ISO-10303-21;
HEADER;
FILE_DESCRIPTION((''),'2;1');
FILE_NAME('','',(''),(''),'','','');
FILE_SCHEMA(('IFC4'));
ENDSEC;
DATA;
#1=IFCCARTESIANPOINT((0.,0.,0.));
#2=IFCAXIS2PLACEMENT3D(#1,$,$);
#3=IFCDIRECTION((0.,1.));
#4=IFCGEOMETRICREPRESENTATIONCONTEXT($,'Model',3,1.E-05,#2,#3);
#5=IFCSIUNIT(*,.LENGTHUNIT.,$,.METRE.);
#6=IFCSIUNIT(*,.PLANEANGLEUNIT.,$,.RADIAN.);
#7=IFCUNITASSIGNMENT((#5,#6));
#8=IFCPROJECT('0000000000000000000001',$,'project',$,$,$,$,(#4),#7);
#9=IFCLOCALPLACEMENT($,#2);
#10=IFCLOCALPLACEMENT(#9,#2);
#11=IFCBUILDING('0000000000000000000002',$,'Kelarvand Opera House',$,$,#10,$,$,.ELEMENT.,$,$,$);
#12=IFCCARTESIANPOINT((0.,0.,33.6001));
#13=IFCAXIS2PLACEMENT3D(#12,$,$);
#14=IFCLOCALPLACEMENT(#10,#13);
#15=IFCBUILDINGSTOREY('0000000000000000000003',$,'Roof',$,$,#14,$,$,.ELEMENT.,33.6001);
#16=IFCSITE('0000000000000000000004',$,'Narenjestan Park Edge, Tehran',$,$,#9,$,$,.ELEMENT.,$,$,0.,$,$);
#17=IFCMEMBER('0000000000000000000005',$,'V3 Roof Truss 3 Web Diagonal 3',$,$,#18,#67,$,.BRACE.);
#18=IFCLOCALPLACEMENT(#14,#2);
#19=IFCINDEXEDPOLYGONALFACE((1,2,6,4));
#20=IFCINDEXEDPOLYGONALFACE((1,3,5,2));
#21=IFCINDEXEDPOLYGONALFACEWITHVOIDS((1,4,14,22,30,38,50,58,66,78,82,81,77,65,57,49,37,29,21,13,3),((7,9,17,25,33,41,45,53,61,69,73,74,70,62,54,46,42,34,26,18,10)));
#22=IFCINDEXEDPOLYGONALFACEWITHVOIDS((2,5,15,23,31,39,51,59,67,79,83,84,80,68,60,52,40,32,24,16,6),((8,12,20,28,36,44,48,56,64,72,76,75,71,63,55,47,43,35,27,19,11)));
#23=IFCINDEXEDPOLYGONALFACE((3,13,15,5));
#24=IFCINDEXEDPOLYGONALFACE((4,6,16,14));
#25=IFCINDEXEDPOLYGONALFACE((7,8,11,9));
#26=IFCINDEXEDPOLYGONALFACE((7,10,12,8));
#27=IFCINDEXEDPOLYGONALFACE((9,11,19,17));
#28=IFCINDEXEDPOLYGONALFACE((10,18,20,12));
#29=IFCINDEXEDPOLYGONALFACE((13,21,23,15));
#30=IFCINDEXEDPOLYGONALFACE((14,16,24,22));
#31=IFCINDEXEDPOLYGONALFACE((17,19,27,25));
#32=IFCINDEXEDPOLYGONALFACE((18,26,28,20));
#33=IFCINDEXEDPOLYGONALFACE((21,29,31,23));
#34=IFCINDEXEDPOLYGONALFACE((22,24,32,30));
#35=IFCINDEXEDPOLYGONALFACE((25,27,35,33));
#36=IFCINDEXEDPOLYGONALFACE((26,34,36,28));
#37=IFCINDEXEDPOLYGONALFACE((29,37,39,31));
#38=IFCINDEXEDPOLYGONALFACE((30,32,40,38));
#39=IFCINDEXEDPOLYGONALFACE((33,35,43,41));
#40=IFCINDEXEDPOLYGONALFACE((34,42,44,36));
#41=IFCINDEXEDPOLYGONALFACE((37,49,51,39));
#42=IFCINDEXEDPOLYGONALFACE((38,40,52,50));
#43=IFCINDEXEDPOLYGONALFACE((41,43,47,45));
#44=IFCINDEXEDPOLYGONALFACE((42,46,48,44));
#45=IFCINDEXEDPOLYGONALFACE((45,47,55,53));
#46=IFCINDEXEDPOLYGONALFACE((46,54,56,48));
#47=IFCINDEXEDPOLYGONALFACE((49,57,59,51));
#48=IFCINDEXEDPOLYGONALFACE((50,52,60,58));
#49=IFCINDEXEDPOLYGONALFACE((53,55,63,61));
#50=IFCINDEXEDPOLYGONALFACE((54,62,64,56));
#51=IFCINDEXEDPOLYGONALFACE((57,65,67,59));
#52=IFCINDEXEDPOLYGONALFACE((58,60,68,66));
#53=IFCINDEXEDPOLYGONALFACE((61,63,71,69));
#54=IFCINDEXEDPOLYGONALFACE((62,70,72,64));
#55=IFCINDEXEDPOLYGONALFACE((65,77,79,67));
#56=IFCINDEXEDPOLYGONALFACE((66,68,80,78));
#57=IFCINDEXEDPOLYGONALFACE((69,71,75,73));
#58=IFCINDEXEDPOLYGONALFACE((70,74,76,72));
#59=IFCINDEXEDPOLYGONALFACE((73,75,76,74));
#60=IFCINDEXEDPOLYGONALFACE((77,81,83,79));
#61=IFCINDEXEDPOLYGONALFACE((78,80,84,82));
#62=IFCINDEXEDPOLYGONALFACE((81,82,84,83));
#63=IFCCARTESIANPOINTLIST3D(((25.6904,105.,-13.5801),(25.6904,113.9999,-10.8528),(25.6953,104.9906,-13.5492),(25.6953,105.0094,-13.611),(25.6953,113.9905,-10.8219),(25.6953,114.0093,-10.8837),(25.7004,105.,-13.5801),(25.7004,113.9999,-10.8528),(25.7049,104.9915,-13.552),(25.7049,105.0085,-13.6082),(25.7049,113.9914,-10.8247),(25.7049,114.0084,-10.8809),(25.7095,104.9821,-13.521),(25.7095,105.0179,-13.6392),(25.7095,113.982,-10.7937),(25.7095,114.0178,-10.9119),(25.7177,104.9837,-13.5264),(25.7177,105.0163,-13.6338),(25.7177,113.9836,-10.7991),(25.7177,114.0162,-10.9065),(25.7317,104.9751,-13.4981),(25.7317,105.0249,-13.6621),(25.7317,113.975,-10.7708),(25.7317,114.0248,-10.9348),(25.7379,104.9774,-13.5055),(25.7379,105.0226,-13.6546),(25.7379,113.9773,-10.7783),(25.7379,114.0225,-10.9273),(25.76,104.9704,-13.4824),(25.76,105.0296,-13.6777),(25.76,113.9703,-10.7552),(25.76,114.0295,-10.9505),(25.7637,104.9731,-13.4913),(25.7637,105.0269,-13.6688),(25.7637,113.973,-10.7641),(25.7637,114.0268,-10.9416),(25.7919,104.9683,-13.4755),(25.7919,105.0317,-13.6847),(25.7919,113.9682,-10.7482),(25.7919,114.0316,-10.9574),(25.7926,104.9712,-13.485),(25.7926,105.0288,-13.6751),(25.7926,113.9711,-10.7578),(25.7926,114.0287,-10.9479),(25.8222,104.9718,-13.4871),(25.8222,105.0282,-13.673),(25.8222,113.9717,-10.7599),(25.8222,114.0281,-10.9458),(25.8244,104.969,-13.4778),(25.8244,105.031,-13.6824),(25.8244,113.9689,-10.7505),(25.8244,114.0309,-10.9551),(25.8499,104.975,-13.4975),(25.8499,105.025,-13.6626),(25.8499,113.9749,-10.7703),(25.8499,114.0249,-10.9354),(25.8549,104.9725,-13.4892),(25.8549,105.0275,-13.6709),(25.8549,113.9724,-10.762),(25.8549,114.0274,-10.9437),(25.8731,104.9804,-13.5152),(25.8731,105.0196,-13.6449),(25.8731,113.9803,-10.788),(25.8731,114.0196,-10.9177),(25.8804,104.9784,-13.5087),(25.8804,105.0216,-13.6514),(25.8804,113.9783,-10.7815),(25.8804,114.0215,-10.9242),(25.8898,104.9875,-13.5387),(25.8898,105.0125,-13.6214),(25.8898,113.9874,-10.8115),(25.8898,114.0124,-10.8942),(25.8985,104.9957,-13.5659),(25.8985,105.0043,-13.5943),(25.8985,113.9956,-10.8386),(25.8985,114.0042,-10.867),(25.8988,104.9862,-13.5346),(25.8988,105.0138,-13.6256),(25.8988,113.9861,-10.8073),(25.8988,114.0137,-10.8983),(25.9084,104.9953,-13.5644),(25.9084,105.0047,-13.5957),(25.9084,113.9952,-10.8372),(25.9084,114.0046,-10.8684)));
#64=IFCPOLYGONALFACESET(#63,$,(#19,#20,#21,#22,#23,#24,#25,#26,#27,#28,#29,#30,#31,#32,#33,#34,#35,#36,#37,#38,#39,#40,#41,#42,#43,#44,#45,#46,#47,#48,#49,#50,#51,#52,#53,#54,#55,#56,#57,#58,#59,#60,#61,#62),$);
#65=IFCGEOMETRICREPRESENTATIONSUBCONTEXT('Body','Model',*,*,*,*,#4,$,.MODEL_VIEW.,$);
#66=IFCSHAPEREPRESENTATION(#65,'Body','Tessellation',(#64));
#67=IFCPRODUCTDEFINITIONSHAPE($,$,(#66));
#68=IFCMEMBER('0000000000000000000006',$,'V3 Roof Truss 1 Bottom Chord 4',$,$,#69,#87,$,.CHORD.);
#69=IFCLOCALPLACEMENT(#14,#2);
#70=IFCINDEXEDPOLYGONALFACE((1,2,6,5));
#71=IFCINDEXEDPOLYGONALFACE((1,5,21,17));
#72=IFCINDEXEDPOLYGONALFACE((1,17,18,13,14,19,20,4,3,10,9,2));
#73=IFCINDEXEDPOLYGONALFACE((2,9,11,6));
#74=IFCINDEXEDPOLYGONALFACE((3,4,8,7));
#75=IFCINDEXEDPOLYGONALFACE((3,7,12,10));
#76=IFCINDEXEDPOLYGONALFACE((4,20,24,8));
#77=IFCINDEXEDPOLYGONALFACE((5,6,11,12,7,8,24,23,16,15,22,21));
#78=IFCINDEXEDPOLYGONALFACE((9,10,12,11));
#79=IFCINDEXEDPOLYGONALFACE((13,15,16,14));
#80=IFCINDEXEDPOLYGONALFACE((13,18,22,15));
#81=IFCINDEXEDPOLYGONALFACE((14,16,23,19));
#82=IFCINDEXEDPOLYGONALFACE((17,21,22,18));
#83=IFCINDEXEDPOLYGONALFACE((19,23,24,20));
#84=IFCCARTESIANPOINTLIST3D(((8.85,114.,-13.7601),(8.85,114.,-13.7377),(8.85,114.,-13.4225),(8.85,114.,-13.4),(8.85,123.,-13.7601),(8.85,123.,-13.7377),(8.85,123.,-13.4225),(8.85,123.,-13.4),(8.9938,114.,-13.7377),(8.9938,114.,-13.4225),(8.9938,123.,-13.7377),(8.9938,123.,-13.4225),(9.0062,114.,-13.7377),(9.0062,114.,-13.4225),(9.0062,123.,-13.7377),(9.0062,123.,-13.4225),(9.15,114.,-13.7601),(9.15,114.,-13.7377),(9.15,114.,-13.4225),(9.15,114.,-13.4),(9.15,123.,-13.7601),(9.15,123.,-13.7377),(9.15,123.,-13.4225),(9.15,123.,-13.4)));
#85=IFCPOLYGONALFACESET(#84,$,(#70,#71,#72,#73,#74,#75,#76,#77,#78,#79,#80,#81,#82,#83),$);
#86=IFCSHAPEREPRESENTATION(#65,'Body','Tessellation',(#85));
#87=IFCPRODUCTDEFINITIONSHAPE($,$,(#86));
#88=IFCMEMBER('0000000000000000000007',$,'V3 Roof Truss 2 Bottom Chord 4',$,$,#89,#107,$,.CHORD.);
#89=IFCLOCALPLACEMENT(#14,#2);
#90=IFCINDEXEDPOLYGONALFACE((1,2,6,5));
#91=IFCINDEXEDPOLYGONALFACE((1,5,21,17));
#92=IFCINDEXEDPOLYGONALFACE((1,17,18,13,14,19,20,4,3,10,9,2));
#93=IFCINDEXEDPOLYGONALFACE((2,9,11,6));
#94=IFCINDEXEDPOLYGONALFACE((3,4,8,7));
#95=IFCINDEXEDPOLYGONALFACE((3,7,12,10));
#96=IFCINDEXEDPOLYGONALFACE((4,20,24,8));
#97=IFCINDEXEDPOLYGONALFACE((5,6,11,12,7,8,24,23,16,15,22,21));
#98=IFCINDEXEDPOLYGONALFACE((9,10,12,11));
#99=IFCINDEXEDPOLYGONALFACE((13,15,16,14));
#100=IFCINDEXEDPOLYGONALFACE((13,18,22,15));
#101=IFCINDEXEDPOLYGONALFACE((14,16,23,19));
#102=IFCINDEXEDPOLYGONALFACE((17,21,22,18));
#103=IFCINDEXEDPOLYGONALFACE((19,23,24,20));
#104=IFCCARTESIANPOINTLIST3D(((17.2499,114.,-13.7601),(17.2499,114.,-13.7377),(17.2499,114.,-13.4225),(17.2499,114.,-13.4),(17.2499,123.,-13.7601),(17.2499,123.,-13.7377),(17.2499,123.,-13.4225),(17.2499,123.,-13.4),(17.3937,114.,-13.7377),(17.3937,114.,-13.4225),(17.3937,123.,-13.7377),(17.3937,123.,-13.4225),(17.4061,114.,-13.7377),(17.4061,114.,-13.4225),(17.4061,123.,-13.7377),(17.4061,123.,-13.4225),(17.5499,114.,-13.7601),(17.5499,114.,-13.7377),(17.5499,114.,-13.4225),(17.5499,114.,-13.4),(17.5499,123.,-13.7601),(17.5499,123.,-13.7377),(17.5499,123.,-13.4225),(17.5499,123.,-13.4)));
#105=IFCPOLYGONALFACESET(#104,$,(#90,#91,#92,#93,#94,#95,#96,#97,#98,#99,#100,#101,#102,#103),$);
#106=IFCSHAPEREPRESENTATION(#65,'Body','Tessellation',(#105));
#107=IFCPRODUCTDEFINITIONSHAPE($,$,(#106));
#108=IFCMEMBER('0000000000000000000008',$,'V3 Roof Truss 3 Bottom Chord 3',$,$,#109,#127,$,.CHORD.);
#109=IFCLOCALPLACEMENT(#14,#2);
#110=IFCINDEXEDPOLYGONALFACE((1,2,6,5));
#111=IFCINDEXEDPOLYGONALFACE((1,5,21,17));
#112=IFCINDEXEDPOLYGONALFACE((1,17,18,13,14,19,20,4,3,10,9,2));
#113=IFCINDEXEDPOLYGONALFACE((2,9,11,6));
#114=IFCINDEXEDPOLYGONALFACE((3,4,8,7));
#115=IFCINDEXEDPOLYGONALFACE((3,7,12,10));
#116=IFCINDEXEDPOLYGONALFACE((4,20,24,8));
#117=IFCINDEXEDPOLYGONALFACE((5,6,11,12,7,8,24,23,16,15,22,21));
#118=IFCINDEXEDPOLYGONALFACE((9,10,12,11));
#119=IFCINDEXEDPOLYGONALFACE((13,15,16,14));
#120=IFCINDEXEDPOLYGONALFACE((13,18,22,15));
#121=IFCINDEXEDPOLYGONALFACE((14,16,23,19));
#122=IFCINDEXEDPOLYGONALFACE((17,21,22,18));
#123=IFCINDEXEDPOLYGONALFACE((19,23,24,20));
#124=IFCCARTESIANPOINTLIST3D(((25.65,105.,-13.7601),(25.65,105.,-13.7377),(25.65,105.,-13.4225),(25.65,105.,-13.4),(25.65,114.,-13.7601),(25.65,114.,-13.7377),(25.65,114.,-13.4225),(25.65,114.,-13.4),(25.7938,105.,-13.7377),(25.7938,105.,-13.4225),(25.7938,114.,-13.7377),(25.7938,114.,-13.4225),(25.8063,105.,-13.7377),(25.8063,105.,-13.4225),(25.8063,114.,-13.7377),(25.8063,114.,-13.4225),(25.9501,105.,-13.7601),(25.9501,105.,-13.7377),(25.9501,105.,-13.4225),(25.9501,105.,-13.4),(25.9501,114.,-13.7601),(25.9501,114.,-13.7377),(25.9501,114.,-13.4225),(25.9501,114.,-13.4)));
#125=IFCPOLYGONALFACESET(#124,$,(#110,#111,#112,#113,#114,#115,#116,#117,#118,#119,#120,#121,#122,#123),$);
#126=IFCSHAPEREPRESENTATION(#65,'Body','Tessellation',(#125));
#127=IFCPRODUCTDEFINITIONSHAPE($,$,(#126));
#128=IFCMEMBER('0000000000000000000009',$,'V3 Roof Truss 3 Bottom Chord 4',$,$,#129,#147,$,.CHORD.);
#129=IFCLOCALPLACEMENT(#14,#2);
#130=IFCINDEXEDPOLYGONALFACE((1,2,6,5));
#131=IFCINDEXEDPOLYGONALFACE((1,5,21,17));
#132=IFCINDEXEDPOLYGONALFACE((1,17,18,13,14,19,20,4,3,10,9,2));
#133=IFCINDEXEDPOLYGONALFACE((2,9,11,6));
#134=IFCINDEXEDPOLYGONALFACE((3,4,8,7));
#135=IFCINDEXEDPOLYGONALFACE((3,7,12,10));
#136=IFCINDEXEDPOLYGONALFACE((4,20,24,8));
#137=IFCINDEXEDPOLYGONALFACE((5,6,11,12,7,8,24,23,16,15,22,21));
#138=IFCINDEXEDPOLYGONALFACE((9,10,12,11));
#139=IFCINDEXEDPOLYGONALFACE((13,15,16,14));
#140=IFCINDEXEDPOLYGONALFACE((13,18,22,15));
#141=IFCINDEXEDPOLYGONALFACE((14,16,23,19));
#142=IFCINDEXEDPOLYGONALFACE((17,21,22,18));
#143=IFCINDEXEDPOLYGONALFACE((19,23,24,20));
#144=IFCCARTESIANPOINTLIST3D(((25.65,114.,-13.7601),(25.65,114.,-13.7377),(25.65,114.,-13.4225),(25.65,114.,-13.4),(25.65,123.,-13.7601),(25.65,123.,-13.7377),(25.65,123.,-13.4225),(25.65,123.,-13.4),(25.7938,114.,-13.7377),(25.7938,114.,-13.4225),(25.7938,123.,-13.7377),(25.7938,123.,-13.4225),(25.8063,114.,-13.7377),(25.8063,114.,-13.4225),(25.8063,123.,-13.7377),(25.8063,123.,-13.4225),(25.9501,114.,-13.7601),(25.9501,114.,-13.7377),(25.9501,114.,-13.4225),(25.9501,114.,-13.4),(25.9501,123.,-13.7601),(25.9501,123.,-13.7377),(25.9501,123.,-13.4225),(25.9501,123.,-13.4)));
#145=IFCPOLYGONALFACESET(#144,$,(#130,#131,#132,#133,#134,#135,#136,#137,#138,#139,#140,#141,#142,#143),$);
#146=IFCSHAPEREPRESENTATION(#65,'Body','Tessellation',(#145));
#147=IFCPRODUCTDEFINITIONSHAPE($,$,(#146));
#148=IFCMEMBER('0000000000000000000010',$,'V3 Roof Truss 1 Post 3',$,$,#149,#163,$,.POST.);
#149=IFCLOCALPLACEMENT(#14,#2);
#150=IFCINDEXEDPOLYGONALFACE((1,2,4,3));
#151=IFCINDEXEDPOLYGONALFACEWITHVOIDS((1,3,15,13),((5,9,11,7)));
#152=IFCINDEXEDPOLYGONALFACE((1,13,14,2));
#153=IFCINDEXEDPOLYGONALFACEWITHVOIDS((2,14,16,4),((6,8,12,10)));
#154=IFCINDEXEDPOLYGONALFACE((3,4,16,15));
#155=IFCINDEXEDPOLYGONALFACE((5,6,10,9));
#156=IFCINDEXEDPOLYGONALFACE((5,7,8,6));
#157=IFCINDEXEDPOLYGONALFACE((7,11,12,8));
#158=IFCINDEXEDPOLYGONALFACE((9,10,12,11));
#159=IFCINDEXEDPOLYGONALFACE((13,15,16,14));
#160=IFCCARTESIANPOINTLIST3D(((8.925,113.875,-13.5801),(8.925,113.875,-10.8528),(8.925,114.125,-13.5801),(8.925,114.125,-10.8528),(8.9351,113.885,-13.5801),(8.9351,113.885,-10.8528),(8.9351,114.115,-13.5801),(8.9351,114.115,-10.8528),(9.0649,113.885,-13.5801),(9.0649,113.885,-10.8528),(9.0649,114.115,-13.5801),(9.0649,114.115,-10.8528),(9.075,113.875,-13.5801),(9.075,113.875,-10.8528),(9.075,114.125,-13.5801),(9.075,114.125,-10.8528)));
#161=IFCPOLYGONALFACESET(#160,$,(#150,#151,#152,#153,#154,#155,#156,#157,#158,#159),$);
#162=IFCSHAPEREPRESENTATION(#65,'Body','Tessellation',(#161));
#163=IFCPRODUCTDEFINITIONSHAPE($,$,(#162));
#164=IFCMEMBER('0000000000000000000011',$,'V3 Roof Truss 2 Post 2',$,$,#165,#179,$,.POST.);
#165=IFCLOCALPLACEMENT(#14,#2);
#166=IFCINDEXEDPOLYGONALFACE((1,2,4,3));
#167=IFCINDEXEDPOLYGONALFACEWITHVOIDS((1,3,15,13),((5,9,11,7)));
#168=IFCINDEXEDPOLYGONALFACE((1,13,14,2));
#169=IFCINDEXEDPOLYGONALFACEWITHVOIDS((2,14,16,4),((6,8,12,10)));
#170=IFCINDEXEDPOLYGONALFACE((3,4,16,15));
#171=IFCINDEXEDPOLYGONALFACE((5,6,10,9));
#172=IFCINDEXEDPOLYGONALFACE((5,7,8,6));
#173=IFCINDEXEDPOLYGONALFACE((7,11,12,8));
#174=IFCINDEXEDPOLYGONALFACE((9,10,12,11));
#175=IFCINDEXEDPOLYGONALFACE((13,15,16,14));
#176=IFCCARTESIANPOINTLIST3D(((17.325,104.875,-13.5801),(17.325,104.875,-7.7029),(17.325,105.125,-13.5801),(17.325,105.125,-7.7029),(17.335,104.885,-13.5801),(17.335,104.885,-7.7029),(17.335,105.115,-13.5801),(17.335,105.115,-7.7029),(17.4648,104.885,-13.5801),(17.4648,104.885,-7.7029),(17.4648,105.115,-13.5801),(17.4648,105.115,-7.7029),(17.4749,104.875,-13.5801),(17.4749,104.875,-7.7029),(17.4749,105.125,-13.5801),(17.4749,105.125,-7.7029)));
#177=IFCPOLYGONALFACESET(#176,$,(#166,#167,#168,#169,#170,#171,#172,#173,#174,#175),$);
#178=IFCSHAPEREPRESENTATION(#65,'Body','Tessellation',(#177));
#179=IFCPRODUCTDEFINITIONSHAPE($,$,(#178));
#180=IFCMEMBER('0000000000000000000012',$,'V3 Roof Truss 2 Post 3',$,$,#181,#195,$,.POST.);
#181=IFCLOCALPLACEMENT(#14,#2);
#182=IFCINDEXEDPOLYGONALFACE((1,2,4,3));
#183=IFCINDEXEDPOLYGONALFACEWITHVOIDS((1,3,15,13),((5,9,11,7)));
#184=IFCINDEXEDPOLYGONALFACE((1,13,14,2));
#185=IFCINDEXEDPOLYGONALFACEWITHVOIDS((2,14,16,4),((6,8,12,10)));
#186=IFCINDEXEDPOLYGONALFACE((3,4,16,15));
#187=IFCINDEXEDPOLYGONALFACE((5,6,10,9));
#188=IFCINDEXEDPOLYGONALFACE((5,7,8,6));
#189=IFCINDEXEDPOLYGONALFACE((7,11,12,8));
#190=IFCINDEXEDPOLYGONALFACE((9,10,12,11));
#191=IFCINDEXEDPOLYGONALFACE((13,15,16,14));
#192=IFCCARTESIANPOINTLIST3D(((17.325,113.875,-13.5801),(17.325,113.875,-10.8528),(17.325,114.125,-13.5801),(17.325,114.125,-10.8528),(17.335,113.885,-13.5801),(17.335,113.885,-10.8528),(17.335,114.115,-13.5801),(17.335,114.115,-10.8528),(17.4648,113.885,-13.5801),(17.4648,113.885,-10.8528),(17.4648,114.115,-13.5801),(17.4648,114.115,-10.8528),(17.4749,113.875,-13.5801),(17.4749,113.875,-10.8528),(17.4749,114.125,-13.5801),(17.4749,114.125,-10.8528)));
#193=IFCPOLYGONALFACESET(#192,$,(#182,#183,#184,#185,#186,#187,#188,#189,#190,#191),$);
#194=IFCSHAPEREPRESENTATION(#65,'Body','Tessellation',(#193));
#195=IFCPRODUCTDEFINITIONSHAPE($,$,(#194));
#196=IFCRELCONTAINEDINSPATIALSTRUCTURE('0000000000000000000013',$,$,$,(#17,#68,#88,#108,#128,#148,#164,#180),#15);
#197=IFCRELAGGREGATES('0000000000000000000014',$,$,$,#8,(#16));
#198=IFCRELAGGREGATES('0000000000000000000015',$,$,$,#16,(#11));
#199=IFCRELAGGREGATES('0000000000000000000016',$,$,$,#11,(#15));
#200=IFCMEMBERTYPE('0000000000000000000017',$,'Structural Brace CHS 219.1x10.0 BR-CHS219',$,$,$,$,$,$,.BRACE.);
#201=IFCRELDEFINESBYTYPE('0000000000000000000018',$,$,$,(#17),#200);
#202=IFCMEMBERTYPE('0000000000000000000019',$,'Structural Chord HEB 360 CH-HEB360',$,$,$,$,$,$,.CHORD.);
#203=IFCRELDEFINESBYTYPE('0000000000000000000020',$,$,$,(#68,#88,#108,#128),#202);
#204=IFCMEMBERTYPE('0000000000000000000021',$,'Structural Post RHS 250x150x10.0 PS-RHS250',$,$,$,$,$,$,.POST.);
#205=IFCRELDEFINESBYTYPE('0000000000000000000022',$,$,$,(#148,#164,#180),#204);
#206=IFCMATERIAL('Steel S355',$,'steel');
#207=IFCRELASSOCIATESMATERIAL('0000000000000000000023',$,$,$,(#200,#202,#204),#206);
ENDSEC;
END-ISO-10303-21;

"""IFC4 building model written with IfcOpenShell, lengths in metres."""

from ifc_helpers import new_model, si_unit, direction, frame, origin, origin_2d, place, context, subcontext, project, spatial, hollow_rectangle, hollow_circle, i_section, extrude, material, material_profile, profile_set, type_object, element, save


model = new_model("IFC4")

# Units and contexts
model_context = context("Model", 3, precision=1e-05, world=origin(), true_north=direction((0.0, 1.0)))
body_context = subcontext(model_context, "Body", "Model", "MODEL_VIEW")
ifc_project = project(units=[si_unit("LENGTHUNIT", "METRE"), si_unit("PLANEANGLEUNIT", "RADIAN")], contexts=[model_context])

# Site, building, storey
site_placement = place(None, origin())
site = spatial("IfcSite", under=ifc_project, at=site_placement, Name="Narenjestan Park Edge, Tehran", CompositionType="ELEMENT", RefElevation=0.0)
building_placement = place(site_placement, origin())
building = spatial("IfcBuilding", under=site, at=building_placement, Name="Kelarvand Opera House", CompositionType="ELEMENT")
storey_placement = place(building_placement, frame((0.0, 0.0, 33.6001)))
storey = spatial("IfcBuildingStorey", under=building, at=storey_placement, Name="Roof", CompositionType="ELEMENT", Elevation=33.6001)

# Members
ifc_material = material(Name="Steel S355", Category="steel")
ifc_material_profile_1 = material_profile(ifc_material, hollow_circle(Radius=0.1096, WallThickness=0.01, at=origin_2d()), Name="CHS 219.1x10.0", Category="steel")
ifc_profile_set_1 = profile_set([ifc_material_profile_1], Name="Steel S355")
member_type_1 = type_object("IfcMemberType", Name="Structural Brace CHS 219.1x10.0 BR-CHS219", PredefinedType="BRACE", material=ifc_profile_set_1)
for number, where, z_axis, x_axis, name in (
    (1, (25.8, 105.0, -13.5801), (0.0, 0.957024, 0.29001), (-1.0, 0.0, 0.0), "V3 Roof Truss 3 Web Diagonal 3"),
):
    element("IfcMember", number, at=place(storey_placement, frame(where, z_axis=z_axis, x_axis=x_axis)), inside=storey, type_object=member_type_1, Name=name, PredefinedType="BRACE", context=body_context, shape_type="SweptSolid", body=[
        extrude(hollow_circle(Radius=0.1096, WallThickness=0.01, at=origin_2d()), origin(), (0.0, 0.0, 1.0), 9.4041),
    ])
ifc_material_profile_2 = material_profile(ifc_material, i_section(OverallWidth=0.3, OverallDepth=0.3601, WebThickness=0.0125, FlangeThickness=0.0225, at=origin_2d()), Name="HEB 360", Category="steel")
ifc_profile_set_2 = profile_set([ifc_material_profile_2], Name="Steel S355")
member_type_2 = type_object("IfcMemberType", Name="Structural Chord HEB 360 CH-HEB360", PredefinedType="CHORD", material=ifc_profile_set_2)
for number, where, z_axis, x_axis, name in (
    (2, (9.0, 114.0, -13.5801), (0.0, 1.0, 0.0), (-1.0, 0.0, 0.0), "V3 Roof Truss 1 Bottom Chord 4"),
    (3, (17.3999, 114.0, -13.5801), (0.0, 1.0, 0.0), (-1.0, 0.0, 0.0), "V3 Roof Truss 2 Bottom Chord 4"),
    (4, (25.8, 105.0, -13.5801), (0.0, 1.0, 0.0), (-1.0, 0.0, 0.0), "V3 Roof Truss 3 Bottom Chord 3"),
    (5, (25.8, 114.0, -13.5801), (0.0, 1.0, 0.0), (-1.0, 0.0, 0.0), "V3 Roof Truss 3 Bottom Chord 4"),
):
    element("IfcMember", number, at=place(storey_placement, frame(where, z_axis=z_axis, x_axis=x_axis)), inside=storey, type_object=member_type_2, Name=name, PredefinedType="CHORD", context=body_context, shape_type="SweptSolid", body=[
        extrude(i_section(OverallWidth=0.3, OverallDepth=0.3601, WebThickness=0.0125, FlangeThickness=0.0225, at=origin_2d()), origin(), (0.0, 0.0, 1.0), 9.0),
    ])
ifc_material_profile_3 = material_profile(ifc_material, hollow_rectangle(XDim=0.1499, YDim=0.25, WallThickness=0.01, at=origin_2d()), Name="RHS 250x150x10.0", Category="steel")
ifc_profile_set_3 = profile_set([ifc_material_profile_3], Name="Steel S355")
member_type_3 = type_object("IfcMemberType", Name="Structural Post RHS 250x150x10.0 PS-RHS250", PredefinedType="POST", material=ifc_profile_set_3)
member_1_placement = place(storey_placement, frame((9.0, 114.0, -13.5801), z_axis=(0.0, 0.0, 1.0), x_axis=(1.0, 0.0, 0.0)))
element("IfcMember", 6, at=member_1_placement, inside=storey, type_object=member_type_3, Name="V3 Roof Truss 1 Post 3", PredefinedType="POST", context=body_context, shape_type="SweptSolid", body=[
    extrude(hollow_rectangle(XDim=0.1499, YDim=0.25, WallThickness=0.01, at=origin_2d()), origin(), (0.0, 0.0, 1.0), 2.7273),
])
member_2_placement = place(storey_placement, frame((17.3999, 105.0, -13.5801), z_axis=(0.0, 0.0, 1.0), x_axis=(1.0, 0.0, 0.0)))
element("IfcMember", 7, at=member_2_placement, inside=storey, type_object=member_type_3, Name="V3 Roof Truss 2 Post 2", PredefinedType="POST", context=body_context, shape_type="SweptSolid", body=[
    extrude(hollow_rectangle(XDim=0.1499, YDim=0.25, WallThickness=0.01, at=origin_2d()), origin(), (0.0, 0.0, 1.0), 5.8772),
])
member_3_placement = place(storey_placement, frame((17.3999, 114.0, -13.5801), z_axis=(0.0, 0.0, 1.0), x_axis=(1.0, 0.0, 0.0)))
element("IfcMember", 8, at=member_3_placement, inside=storey, type_object=member_type_3, Name="V3 Roof Truss 2 Post 3", PredefinedType="POST", context=body_context, shape_type="SweptSolid", body=[
    extrude(hollow_rectangle(XDim=0.1499, YDim=0.25, WallThickness=0.01, at=origin_2d()), origin(), (0.0, 0.0, 1.0), 2.7273),
])

save(model, "model.ifc")
